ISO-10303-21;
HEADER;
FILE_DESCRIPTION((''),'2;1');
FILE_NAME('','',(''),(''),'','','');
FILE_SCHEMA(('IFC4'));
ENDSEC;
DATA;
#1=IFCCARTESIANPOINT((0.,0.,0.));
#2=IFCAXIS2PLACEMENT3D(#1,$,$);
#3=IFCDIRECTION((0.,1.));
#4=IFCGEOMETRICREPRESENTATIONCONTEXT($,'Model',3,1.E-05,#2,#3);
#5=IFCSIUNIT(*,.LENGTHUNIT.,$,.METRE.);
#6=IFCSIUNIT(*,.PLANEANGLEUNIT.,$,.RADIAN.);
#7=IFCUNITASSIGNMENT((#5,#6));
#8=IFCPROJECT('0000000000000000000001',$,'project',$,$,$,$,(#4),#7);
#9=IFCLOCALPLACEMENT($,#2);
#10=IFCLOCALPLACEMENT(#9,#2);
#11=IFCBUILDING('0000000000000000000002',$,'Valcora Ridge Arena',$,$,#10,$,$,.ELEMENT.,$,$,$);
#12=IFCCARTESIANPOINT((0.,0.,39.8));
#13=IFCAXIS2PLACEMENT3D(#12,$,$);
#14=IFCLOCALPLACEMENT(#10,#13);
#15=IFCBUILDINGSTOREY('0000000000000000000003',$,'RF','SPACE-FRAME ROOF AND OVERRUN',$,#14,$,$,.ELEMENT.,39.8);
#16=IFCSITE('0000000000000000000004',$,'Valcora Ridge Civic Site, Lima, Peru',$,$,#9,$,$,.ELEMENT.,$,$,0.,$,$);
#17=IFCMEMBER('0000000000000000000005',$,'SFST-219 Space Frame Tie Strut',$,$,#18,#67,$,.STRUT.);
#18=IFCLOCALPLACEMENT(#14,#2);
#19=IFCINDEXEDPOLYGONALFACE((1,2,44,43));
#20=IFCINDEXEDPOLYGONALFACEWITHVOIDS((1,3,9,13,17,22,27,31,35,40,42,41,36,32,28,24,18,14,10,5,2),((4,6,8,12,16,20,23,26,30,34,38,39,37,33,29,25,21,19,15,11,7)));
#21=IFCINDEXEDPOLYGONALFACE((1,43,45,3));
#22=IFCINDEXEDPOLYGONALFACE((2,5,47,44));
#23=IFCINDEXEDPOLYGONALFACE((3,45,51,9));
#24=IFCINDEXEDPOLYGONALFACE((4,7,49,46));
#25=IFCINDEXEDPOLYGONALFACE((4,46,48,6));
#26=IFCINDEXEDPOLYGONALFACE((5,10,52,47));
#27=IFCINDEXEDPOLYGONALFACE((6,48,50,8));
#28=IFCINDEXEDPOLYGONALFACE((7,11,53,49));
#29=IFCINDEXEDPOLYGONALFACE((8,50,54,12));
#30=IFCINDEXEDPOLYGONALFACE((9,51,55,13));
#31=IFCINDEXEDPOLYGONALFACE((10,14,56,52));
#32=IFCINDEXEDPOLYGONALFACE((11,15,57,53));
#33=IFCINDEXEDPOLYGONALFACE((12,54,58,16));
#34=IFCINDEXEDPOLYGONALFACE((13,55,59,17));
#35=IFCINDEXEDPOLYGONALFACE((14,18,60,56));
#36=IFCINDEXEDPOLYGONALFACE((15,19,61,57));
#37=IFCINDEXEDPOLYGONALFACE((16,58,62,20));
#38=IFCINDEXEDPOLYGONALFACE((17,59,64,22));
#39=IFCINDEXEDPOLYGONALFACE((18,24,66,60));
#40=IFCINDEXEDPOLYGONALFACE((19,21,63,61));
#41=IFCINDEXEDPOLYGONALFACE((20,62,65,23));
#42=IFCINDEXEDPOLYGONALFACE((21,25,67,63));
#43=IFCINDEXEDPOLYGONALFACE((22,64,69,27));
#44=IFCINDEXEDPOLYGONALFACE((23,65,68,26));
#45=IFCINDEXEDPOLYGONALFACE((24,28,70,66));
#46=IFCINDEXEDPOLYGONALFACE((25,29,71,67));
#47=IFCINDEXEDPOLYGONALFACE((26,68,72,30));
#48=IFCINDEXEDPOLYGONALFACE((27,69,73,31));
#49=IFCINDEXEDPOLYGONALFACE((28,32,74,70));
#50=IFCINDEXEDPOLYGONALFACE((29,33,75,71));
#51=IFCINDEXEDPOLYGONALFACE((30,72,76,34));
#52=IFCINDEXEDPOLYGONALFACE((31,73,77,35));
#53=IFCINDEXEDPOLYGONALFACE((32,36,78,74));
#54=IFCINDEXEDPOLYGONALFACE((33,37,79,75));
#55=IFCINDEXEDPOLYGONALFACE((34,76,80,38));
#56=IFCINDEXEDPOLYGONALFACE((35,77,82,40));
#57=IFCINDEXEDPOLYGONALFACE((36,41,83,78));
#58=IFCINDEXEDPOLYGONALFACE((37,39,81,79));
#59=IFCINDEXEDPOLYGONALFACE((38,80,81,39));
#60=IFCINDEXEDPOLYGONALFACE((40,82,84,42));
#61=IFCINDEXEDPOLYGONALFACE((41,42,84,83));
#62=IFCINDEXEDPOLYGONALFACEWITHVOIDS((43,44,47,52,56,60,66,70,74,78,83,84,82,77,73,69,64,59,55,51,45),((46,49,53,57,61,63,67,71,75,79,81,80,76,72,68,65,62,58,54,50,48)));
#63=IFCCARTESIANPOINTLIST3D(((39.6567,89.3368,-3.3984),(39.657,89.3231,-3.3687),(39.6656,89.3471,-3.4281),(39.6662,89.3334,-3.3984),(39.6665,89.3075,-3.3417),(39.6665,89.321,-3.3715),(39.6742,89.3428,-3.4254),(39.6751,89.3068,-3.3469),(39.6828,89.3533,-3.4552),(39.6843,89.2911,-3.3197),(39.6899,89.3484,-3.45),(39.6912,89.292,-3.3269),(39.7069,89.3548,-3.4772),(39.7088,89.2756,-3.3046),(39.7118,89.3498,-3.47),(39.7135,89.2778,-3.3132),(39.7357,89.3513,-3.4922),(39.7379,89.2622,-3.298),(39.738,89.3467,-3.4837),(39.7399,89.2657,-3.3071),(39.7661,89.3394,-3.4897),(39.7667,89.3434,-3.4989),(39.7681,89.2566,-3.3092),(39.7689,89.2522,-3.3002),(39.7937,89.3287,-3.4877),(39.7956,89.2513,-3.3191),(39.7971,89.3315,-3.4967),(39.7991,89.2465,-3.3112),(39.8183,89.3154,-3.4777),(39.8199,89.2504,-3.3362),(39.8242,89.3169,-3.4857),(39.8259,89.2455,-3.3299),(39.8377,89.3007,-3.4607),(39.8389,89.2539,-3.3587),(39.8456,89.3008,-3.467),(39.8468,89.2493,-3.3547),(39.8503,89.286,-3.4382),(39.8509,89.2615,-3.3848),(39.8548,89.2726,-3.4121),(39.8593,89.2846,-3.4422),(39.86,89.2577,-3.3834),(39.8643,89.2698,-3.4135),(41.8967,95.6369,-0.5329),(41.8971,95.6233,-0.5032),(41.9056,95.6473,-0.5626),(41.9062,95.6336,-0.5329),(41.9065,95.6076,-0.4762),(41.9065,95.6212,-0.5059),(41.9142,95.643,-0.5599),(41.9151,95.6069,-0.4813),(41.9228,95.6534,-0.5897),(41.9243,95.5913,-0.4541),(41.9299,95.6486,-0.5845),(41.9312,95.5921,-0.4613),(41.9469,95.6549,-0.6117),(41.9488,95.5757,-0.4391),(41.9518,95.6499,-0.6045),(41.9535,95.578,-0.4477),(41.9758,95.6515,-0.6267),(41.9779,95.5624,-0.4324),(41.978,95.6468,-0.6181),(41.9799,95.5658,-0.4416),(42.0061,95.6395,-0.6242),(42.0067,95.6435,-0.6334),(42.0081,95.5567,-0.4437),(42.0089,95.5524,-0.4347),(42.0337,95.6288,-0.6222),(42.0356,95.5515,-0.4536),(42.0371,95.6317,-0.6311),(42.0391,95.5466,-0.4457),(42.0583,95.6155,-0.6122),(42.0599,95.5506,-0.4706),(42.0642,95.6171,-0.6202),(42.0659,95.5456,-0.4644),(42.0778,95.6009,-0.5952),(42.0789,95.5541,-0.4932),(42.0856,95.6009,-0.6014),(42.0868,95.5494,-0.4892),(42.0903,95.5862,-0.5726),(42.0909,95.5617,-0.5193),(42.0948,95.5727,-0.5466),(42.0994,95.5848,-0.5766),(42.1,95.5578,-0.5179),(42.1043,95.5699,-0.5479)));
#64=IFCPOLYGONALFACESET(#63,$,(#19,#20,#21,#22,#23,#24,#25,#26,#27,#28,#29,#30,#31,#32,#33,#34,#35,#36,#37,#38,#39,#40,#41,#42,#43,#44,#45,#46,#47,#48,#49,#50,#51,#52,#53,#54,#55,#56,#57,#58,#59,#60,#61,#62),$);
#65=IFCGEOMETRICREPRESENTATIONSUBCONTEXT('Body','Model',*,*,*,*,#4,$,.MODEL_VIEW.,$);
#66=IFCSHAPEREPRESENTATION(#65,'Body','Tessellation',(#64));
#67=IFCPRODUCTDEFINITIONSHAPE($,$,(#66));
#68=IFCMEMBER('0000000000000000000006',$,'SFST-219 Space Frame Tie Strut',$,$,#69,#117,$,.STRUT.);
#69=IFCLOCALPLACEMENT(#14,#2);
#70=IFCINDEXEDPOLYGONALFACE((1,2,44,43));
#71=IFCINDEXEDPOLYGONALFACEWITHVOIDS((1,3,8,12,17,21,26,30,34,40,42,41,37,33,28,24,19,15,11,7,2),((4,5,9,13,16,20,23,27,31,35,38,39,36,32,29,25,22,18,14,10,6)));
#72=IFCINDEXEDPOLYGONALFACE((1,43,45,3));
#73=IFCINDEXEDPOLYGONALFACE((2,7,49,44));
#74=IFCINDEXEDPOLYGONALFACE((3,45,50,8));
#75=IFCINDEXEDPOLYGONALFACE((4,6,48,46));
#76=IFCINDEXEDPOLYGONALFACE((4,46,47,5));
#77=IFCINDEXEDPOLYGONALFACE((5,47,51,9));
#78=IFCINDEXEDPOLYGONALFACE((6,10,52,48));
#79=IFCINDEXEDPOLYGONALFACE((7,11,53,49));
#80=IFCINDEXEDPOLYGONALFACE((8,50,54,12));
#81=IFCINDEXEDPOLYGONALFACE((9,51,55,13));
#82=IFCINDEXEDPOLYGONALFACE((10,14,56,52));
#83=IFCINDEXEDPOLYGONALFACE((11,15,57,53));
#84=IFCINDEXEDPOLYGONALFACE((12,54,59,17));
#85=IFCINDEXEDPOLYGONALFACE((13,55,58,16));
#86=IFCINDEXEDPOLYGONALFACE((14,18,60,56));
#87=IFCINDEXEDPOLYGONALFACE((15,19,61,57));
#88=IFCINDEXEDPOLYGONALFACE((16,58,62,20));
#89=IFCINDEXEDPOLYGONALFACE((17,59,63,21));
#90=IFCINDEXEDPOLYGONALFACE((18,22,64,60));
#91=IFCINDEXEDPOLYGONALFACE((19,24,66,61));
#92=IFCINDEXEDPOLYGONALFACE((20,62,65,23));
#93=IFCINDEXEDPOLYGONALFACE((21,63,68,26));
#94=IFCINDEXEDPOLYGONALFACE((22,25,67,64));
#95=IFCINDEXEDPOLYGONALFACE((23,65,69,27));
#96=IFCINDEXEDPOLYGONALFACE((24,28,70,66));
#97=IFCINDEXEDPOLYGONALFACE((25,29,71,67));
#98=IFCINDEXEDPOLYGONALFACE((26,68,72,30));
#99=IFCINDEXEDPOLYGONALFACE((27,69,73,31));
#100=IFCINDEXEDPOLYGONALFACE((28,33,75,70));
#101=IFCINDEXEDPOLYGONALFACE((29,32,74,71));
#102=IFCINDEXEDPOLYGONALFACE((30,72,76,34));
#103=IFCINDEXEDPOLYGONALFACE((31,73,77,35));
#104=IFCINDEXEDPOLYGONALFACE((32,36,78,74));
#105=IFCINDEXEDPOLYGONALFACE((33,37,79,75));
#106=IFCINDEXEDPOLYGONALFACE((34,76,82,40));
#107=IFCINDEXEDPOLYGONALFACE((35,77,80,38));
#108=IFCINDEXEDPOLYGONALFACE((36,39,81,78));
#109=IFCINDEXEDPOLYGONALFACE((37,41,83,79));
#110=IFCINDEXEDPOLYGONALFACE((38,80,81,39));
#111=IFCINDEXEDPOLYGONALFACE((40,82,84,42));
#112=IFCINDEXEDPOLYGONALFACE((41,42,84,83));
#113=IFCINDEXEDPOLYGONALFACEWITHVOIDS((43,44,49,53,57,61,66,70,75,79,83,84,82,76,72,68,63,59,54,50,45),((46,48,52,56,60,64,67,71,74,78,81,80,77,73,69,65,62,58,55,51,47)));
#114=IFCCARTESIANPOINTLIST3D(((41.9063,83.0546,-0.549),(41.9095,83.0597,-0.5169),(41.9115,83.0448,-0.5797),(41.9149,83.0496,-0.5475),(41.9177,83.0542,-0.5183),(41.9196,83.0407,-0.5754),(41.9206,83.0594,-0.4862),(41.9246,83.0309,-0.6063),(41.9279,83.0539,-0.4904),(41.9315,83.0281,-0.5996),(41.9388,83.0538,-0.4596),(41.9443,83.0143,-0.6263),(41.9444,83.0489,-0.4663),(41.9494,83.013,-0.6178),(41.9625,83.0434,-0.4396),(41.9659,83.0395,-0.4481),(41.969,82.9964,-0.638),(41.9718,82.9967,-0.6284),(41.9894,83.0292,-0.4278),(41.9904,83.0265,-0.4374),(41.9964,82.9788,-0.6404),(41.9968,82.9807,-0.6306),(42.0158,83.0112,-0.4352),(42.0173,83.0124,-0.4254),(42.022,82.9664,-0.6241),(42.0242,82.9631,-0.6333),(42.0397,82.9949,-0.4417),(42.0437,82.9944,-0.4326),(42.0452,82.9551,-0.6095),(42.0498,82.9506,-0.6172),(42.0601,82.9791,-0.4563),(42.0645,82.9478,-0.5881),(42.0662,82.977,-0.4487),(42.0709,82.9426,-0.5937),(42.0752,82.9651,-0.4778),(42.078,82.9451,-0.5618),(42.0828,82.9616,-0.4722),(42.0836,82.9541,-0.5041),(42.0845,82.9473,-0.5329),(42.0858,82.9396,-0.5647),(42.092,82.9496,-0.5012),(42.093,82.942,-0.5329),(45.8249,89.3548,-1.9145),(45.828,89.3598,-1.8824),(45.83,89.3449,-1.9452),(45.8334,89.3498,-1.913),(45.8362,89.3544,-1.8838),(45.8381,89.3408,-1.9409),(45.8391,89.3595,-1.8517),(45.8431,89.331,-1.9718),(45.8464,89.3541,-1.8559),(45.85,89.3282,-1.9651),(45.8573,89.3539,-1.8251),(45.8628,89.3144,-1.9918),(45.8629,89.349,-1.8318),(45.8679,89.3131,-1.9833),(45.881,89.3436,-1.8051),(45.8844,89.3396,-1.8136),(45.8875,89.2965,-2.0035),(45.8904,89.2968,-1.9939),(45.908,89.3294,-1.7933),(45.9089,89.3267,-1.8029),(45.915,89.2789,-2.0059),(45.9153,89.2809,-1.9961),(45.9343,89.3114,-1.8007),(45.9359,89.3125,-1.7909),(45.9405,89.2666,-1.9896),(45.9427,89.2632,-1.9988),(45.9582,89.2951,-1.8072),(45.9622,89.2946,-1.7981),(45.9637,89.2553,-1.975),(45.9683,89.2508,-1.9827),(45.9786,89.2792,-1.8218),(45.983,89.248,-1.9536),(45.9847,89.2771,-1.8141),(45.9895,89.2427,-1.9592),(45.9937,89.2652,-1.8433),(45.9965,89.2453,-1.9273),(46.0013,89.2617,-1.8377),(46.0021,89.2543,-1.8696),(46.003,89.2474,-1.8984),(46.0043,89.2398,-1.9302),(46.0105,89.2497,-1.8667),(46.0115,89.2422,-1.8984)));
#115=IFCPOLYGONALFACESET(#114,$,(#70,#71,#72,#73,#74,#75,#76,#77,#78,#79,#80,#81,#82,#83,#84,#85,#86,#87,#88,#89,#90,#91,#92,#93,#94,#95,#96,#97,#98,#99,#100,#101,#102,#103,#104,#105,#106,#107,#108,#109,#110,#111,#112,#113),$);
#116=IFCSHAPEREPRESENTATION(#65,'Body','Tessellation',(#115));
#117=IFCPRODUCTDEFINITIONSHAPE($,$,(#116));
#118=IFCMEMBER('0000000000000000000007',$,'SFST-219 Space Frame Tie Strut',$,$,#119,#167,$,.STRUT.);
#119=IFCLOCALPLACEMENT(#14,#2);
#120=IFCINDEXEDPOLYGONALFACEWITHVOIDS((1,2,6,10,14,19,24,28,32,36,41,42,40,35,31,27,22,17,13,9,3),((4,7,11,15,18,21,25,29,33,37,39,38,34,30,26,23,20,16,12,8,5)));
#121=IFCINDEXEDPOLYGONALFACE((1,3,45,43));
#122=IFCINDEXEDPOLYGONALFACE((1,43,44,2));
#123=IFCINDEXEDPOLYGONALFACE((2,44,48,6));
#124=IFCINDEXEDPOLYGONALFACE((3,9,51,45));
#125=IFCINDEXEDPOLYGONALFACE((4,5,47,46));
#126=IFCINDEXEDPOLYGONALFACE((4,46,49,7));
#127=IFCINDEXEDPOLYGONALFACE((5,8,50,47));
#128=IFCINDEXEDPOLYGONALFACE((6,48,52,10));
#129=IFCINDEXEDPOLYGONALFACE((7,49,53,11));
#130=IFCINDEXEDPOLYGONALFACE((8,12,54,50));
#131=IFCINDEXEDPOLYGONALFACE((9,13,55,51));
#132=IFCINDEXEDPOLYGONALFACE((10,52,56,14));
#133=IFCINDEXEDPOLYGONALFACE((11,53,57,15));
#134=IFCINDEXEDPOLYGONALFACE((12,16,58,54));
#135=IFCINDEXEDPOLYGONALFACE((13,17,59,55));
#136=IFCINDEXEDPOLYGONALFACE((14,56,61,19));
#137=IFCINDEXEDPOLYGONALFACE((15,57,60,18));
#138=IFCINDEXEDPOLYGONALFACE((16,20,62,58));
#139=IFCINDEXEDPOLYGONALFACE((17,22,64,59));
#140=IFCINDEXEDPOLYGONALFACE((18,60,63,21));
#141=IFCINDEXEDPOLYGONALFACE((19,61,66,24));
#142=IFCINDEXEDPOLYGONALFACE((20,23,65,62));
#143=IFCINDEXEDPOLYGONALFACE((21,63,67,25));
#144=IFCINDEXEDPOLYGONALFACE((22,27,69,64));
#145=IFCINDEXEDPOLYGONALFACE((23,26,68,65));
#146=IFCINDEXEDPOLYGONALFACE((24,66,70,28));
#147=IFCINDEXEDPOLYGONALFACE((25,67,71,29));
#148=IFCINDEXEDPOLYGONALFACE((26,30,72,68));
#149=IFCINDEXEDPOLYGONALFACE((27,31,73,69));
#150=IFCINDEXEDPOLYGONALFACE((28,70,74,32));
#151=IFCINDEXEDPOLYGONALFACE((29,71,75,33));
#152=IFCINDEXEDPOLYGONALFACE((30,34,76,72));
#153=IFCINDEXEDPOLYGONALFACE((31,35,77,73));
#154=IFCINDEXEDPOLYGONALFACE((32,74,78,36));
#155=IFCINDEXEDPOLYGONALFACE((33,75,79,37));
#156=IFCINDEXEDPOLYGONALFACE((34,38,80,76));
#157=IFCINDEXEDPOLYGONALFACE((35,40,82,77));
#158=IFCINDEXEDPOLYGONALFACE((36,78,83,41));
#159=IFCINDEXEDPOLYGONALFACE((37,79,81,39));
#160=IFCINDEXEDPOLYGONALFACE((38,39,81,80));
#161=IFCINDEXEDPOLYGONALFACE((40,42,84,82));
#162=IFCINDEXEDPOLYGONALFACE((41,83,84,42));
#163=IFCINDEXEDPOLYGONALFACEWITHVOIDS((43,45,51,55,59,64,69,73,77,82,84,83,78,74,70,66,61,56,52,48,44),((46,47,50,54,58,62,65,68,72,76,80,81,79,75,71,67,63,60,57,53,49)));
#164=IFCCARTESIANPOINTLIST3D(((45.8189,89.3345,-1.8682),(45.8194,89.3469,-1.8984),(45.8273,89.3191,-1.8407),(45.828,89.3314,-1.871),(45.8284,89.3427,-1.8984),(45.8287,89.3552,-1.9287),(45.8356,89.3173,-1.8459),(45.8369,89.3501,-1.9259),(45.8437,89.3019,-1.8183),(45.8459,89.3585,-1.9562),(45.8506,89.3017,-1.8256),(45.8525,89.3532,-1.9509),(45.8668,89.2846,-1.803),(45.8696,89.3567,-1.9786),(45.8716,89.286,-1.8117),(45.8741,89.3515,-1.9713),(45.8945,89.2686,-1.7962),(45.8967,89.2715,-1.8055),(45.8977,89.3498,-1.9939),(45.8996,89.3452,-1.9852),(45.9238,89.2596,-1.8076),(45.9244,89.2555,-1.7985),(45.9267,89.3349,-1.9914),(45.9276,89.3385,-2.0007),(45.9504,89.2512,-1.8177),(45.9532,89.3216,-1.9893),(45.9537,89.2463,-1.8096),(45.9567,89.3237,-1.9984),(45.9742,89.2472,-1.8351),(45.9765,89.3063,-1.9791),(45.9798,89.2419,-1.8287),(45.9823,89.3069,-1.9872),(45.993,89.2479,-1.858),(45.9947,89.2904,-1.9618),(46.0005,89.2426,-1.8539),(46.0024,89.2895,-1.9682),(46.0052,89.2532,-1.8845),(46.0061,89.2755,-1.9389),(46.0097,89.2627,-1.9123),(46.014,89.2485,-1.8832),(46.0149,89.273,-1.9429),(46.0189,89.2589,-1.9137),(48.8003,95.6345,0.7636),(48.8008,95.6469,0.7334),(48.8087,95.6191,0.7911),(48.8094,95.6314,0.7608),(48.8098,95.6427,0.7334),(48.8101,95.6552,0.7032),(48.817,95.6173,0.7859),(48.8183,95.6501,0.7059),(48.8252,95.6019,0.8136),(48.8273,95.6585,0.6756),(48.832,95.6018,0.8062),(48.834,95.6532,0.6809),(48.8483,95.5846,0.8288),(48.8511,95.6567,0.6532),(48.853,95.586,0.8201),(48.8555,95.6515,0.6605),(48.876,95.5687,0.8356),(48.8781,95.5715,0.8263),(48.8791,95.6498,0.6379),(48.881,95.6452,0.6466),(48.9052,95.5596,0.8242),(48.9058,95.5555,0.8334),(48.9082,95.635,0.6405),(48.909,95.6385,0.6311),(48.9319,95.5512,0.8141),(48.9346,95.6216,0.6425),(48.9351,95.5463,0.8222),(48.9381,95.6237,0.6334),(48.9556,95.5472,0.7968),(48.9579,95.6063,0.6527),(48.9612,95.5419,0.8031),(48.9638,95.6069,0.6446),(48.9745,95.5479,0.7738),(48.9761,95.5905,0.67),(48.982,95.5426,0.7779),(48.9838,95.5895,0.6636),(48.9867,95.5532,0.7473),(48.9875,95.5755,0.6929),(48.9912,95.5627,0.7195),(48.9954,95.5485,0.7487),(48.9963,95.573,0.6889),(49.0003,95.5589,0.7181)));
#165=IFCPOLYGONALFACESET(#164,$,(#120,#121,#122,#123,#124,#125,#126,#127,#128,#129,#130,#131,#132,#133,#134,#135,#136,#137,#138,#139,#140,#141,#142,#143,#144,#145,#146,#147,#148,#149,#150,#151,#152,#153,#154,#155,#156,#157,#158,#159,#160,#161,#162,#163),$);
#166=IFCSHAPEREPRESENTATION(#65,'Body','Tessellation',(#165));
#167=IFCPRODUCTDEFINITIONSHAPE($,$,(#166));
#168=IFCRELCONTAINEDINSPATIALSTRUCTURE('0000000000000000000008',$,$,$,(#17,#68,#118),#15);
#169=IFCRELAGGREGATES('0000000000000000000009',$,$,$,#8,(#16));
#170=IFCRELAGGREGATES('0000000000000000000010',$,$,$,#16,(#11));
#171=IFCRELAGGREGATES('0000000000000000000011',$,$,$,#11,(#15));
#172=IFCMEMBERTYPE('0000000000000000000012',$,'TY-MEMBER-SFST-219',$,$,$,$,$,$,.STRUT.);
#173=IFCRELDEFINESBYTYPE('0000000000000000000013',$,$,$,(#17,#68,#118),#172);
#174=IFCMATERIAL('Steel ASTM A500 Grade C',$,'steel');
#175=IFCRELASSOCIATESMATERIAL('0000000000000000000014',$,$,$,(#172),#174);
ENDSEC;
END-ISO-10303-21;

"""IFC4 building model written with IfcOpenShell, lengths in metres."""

from ifc_helpers import new_model, si_unit, direction, frame, origin, origin_2d, place, context, subcontext, project, spatial, hollow_circle, extrude, material, material_profile, profile_set, type_object, element, save


model = new_model("IFC4")

# Units and contexts
model_context = context("Model", 3, precision=1e-05, world=origin(), true_north=direction((0.0, 1.0)))
body_context = subcontext(model_context, "Body", "Model", "MODEL_VIEW")
ifc_project = project(units=[si_unit("LENGTHUNIT", "METRE"), si_unit("PLANEANGLEUNIT", "RADIAN")], contexts=[model_context])

# Site, building, storey
site_placement = place(None, origin())
site = spatial("IfcSite", under=ifc_project, at=site_placement, Name="Valcora Ridge Civic Site, Lima, Peru", CompositionType="ELEMENT", RefElevation=0.0)
building_placement = place(site_placement, origin())
building = spatial("IfcBuilding", under=site, at=building_placement, Name="Valcora Ridge Arena", CompositionType="ELEMENT")
storey_placement = place(building_placement, frame((0.0, 0.0, 39.8)))
storey = spatial("IfcBuildingStorey", under=building, at=storey_placement, Name="RF", Description="SPACE-FRAME ROOF AND OVERRUN", CompositionType="ELEMENT", Elevation=39.8)

# Members
ifc_material_1 = material(Name="Steel ASTM A500 Grade C", Category="steel")
ifc_material_profile_1 = material_profile(ifc_material_1, hollow_circle(Radius=0.1096, WallThickness=0.01, at=origin_2d()), Name="CHS219X10")
ifc_profile_set_1 = profile_set([ifc_material_profile_1], Name="Steel ASTM A500 Grade C")
member_type_1 = type_object("IfcMemberType", Name="TY-MEMBER-SFST-219", PredefinedType="STRUT", material=ifc_profile_set_1)
member_1_placement = place(storey_placement, frame((39.76, 89.3, -3.3984), z_axis=(0.307921, 0.866039, 0.393904), x_axis=(-0.942216, 0.335006, 0.0)))
element("IfcMember", 1, at=member_1_placement, inside=storey, type_object=member_type_1, Name="SFST-219 Space Frame Tie Strut", PredefinedType="STRUT", context=body_context, shape_type="SweptSolid", body=[
    extrude(hollow_circle(Radius=0.1096, WallThickness=0.01, at=origin_2d()), origin(), (0.0, 0.0, 1.0), 7.2747),
])
member_2_placement = place(storey_placement, frame((45.9185, 89.3, -1.8984), z_axis=(-0.519425, -0.835125, 0.181006), x_axis=(0.849152, -0.528149, 0.0)))
element("IfcMember", 2, at=member_2_placement, inside=storey, type_object=member_type_1, Name="SFST-219 Space Frame Tie Strut", PredefinedType="STRUT", context=body_context, shape_type="SweptSolid", body=[
    extrude(hollow_circle(Radius=0.1096, WallThickness=0.01, at=origin_2d()), origin(), (0.0, 0.0, 1.0), 7.5439),
])
member_3_placement = place(storey_placement, frame((45.9185, 89.3, -1.8984), z_axis=(0.400181, 0.845616, 0.353255), x_axis=(-0.903893, 0.42776, 0.0)))
element("IfcMember", 3, at=member_3_placement, inside=storey, type_object=member_type_1, Name="SFST-219 Space Frame Tie Strut", PredefinedType="STRUT", context=body_context, shape_type="SweptSolid", body=[
    extrude(hollow_circle(Radius=0.1096, WallThickness=0.01, at=origin_2d()), origin(), (0.0, 0.0, 1.0), 7.4502),
])

save(model, "model.ifc")
